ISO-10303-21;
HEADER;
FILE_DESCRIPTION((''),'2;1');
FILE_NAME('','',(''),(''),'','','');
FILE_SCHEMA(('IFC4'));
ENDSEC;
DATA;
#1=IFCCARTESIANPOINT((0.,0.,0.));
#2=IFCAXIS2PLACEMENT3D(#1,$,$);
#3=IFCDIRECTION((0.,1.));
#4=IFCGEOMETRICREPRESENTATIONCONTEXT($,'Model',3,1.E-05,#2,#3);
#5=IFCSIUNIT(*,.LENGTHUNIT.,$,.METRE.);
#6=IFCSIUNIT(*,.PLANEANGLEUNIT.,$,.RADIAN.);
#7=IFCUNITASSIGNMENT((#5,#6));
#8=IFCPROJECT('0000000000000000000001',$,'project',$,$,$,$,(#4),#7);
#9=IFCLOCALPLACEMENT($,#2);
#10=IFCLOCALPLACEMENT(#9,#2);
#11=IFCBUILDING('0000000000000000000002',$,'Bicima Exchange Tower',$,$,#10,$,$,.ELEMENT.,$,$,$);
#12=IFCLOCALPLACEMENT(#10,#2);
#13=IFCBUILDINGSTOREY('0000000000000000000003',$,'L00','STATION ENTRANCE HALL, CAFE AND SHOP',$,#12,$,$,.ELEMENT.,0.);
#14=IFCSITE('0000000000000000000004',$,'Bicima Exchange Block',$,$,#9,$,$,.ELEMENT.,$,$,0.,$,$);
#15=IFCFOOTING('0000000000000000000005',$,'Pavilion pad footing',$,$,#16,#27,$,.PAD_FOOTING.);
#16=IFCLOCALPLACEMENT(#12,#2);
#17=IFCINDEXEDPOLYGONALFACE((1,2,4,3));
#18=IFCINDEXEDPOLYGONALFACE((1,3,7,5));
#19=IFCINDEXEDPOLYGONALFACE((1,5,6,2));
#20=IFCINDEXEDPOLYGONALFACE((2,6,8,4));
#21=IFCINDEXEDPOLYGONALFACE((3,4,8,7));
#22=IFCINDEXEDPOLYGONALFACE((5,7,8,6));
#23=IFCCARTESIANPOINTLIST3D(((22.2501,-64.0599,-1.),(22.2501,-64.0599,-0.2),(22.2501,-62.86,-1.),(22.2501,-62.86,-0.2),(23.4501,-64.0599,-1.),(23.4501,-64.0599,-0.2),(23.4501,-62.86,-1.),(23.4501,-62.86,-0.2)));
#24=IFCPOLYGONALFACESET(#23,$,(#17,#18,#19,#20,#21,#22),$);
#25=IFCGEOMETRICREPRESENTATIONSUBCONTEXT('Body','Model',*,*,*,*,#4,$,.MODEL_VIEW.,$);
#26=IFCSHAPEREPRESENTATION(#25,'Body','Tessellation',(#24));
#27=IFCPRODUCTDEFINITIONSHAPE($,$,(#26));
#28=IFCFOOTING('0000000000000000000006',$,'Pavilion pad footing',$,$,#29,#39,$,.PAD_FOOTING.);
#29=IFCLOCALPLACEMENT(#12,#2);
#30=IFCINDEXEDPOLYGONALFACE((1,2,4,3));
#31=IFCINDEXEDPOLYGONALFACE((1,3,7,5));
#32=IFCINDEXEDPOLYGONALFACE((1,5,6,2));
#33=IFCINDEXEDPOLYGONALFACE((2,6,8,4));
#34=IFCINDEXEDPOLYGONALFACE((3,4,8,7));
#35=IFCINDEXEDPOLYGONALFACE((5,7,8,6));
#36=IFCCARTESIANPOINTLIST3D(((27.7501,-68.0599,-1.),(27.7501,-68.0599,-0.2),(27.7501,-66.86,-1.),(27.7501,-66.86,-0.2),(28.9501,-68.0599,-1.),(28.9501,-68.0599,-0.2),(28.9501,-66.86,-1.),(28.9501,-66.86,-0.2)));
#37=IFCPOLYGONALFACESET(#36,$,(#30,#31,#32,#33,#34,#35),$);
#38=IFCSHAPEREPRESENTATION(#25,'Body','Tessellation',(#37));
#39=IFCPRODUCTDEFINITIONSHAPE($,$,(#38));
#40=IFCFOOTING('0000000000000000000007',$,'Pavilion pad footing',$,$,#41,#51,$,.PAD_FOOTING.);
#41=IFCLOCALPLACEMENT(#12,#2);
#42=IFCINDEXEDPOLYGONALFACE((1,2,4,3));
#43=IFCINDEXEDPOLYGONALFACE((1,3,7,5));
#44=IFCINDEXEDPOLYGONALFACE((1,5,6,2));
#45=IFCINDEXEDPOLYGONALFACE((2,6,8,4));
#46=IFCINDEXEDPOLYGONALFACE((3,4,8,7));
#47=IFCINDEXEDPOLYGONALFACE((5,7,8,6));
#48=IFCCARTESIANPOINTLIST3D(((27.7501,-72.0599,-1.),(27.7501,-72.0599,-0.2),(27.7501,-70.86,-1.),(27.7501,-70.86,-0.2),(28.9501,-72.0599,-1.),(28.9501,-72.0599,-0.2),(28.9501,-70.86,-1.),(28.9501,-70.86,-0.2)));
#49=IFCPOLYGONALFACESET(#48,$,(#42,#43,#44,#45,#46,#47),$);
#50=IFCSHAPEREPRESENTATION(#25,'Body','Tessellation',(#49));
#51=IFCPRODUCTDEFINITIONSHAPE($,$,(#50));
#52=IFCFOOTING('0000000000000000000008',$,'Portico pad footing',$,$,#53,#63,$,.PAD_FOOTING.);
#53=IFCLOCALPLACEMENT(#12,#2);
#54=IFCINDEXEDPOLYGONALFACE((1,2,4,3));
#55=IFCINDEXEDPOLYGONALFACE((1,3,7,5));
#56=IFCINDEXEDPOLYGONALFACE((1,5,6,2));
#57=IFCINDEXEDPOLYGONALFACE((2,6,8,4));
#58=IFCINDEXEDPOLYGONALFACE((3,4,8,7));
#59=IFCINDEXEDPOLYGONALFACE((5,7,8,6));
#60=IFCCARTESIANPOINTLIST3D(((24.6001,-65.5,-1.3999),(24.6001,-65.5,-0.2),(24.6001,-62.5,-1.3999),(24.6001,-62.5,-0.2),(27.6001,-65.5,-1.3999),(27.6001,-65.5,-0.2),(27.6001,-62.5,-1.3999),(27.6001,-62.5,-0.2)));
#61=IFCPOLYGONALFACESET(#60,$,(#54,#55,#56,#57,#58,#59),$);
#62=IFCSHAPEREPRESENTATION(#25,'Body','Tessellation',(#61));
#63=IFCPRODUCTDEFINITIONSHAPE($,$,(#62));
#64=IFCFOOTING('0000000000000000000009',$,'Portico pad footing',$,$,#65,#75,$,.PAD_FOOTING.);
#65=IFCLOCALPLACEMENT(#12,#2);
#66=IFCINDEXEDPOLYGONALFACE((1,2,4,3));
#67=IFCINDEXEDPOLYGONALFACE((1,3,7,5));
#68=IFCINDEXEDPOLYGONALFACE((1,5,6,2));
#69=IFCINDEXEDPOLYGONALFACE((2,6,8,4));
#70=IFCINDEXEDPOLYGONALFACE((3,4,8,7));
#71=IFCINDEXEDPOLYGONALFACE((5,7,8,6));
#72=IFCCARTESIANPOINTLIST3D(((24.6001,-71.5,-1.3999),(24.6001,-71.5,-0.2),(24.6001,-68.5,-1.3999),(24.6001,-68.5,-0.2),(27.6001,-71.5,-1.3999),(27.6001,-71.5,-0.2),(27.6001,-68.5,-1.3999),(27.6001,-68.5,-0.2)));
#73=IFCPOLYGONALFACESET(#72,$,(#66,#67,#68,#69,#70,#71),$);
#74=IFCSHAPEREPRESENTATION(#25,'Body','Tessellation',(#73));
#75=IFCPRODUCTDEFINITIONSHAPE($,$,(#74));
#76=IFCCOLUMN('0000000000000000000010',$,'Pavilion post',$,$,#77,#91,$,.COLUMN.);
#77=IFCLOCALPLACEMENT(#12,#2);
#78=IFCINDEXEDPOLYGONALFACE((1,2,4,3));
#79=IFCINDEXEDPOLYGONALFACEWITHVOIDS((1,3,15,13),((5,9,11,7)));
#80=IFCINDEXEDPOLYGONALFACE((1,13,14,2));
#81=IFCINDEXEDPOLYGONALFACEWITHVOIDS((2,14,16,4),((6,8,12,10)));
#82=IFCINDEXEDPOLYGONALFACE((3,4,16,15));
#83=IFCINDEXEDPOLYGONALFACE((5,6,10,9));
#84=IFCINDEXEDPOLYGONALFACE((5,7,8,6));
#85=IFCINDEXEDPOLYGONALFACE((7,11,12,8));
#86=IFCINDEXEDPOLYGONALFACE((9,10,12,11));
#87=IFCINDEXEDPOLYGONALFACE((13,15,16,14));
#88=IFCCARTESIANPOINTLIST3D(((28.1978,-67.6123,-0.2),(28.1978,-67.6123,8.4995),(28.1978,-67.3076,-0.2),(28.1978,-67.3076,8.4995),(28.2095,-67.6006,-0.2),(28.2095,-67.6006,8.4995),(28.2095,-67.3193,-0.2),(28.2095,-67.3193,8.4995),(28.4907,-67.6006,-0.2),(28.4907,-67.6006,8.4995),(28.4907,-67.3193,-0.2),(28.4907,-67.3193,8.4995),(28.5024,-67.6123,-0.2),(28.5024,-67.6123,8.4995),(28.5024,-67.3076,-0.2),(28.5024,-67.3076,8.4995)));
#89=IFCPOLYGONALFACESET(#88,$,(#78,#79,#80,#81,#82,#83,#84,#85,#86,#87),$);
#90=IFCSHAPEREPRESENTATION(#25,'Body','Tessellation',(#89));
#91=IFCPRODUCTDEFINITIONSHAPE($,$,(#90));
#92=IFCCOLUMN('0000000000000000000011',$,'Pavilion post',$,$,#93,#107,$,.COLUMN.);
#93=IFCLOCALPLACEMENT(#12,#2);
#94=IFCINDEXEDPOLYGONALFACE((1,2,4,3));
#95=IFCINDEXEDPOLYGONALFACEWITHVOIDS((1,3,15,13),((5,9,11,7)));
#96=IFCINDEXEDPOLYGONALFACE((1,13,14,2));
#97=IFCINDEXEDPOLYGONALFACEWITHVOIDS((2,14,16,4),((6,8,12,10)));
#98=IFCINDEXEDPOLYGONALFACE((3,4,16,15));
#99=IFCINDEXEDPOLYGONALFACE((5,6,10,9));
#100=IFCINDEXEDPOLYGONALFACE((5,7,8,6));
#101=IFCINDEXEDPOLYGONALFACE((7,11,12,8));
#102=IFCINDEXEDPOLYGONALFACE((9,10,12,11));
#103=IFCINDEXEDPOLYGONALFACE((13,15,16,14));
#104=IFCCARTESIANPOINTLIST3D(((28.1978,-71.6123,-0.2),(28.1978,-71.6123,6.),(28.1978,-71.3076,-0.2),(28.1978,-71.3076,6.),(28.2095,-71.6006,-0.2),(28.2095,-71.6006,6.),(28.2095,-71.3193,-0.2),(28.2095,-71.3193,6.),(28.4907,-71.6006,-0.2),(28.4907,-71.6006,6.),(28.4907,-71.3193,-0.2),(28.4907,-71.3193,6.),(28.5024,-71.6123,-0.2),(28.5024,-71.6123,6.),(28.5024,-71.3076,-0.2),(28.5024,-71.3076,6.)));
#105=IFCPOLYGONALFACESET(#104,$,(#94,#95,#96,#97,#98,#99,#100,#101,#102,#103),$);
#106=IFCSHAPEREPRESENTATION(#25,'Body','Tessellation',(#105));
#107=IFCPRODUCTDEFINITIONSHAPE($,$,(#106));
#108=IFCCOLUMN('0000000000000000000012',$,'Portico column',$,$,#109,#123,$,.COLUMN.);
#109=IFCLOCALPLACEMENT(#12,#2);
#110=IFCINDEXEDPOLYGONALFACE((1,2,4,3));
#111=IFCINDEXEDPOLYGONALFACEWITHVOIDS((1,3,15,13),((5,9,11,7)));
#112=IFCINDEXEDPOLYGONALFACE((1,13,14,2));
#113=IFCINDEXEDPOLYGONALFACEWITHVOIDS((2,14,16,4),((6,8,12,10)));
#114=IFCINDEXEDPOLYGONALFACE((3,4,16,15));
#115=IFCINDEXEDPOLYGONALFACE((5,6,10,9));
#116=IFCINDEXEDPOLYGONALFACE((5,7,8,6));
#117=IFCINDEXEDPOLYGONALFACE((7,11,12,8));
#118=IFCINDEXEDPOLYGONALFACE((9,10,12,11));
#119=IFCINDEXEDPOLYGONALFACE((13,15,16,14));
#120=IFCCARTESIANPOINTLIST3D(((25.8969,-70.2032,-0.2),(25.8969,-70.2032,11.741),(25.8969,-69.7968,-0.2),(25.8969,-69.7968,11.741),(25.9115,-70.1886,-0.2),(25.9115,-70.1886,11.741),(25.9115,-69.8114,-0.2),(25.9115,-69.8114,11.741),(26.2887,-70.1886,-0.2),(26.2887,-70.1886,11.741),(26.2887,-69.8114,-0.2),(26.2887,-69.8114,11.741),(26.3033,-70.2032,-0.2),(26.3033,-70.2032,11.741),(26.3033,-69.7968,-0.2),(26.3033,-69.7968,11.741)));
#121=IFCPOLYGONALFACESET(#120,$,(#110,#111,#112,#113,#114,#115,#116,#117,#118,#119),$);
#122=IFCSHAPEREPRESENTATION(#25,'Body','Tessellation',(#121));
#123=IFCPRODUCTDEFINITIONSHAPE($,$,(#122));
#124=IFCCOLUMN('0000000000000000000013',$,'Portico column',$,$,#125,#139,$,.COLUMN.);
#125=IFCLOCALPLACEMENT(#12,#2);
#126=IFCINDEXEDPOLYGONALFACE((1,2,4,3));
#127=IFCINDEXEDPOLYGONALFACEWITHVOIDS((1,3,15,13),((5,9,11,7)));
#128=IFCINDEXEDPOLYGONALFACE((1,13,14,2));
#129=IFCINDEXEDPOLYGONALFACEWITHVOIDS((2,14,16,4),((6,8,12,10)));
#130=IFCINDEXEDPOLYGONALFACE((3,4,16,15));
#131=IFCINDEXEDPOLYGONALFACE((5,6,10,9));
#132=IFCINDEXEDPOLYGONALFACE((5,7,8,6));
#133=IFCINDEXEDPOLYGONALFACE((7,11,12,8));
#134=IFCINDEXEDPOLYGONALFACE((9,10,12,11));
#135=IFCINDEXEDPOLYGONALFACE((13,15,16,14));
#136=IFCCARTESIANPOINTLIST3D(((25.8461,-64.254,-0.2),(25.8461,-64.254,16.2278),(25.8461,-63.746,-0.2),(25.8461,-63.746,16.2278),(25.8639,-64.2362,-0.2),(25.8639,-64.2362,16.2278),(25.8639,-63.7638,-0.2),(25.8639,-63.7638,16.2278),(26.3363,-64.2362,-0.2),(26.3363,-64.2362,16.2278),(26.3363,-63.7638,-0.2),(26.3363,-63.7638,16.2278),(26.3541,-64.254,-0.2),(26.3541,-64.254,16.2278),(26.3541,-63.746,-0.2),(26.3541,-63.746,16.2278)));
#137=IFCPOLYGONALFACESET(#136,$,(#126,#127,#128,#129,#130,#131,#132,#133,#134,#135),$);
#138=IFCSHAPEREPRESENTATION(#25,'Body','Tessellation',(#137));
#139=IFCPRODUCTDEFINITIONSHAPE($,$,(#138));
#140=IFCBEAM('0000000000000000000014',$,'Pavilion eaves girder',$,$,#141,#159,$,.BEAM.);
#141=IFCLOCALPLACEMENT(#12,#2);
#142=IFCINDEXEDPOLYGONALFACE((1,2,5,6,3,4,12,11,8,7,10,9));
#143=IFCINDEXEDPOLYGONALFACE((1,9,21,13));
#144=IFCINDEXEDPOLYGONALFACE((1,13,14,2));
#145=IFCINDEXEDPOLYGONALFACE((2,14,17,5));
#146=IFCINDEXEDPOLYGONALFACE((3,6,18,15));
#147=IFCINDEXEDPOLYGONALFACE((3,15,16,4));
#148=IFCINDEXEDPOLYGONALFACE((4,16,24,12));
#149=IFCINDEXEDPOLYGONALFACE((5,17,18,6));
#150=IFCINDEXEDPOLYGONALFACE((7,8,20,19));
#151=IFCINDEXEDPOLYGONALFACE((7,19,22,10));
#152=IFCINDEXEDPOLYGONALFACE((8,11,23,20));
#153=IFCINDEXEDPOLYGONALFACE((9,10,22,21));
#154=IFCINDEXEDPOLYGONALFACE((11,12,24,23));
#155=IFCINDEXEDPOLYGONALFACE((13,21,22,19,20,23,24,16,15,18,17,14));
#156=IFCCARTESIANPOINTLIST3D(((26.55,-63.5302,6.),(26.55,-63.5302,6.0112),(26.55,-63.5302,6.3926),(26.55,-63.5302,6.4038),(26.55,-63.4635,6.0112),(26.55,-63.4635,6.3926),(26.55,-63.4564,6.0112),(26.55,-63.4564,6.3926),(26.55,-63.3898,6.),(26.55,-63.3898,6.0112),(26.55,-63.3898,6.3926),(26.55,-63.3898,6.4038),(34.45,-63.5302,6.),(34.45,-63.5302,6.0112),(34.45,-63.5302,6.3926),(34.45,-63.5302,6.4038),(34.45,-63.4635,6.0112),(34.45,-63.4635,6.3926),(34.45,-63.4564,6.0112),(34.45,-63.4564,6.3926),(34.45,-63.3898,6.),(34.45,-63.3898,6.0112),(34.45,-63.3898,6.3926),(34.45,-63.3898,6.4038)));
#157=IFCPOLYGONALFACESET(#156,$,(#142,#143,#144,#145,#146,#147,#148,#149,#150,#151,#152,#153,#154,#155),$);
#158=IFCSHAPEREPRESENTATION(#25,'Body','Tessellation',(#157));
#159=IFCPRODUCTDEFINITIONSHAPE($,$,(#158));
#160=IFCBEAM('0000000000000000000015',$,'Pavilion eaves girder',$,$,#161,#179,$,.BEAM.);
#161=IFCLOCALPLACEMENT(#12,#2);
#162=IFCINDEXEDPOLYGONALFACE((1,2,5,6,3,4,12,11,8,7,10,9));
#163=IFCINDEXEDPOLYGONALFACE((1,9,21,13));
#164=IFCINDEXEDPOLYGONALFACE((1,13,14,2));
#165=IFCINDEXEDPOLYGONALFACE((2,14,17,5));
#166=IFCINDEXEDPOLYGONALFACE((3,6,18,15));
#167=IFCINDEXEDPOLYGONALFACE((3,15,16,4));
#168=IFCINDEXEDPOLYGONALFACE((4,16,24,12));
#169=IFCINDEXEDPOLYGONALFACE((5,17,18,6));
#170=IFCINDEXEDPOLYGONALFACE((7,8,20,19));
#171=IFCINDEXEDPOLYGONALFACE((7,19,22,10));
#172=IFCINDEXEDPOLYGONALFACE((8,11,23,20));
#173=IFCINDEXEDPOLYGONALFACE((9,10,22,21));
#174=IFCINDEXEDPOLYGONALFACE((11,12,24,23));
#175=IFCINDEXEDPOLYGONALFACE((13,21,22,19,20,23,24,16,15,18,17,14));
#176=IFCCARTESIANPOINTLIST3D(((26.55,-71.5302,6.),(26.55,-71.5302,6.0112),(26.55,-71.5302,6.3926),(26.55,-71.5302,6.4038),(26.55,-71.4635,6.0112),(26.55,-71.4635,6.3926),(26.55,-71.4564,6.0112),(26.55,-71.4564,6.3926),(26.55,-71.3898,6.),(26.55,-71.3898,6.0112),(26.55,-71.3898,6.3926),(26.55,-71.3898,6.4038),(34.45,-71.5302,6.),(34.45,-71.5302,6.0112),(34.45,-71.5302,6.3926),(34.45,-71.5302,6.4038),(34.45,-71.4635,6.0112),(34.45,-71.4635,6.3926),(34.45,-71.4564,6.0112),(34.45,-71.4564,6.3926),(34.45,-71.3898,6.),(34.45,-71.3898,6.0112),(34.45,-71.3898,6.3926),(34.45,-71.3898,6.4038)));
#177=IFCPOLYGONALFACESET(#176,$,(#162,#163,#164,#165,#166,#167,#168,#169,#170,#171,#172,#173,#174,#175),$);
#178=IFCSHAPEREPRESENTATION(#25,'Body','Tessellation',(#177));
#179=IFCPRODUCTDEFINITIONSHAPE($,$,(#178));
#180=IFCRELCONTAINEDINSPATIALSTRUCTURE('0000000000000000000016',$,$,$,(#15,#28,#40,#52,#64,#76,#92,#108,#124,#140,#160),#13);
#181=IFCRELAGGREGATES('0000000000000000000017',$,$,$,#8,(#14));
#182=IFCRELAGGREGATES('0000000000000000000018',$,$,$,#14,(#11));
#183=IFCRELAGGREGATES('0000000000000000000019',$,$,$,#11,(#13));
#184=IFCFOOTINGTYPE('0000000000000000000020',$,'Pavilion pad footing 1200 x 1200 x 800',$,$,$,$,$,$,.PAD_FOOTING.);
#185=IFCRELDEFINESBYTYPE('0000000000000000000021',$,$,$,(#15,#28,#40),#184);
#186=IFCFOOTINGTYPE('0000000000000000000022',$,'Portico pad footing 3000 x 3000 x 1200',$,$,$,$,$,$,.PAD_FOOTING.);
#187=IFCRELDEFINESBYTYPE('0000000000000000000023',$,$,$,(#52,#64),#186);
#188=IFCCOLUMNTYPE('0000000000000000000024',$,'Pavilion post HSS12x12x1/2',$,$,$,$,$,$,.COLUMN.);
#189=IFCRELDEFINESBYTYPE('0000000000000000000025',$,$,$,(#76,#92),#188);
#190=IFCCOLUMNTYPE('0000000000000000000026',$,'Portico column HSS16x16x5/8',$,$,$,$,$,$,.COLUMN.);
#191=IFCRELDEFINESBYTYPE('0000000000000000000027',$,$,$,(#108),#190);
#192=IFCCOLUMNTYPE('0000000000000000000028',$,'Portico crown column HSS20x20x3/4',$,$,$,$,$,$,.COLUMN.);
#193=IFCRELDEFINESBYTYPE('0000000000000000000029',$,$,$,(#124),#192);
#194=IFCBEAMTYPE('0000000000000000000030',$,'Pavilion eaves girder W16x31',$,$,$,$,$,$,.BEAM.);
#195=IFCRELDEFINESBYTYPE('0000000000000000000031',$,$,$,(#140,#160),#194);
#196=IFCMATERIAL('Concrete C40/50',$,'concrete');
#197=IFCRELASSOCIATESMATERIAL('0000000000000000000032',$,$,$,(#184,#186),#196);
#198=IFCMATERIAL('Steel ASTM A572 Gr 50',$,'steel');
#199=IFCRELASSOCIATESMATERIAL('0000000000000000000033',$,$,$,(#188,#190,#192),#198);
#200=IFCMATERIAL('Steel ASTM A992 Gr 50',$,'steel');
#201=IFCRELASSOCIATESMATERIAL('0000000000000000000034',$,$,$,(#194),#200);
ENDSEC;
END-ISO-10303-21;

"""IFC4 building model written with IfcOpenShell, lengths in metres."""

from ifc_helpers import new_model, si_unit, direction, frame, origin, origin_2d, place, context, subcontext, project, spatial, rectangle, hollow_rectangle, i_section, extrude, material, material_profile, profile_set, type_object, element, save


model = new_model("IFC4")

# Units and contexts
model_context = context("Model", 3, precision=1e-05, world=origin(), true_north=direction((0.0, 1.0)))
body_context = subcontext(model_context, "Body", "Model", "MODEL_VIEW")
ifc_project = project(units=[si_unit("LENGTHUNIT", "METRE"), si_unit("PLANEANGLEUNIT", "RADIAN")], contexts=[model_context])

# Site, building, storey
site_placement = place(None, origin())
site = spatial("IfcSite", under=ifc_project, at=site_placement, Name="Bicima Exchange Block", CompositionType="ELEMENT", RefElevation=0.0)
building_placement = place(site_placement, origin())
building = spatial("IfcBuilding", under=site, at=building_placement, Name="Bicima Exchange Tower", CompositionType="ELEMENT")
storey_placement = place(building_placement, origin())
storey = spatial("IfcBuildingStorey", under=building, at=storey_placement, Name="L00", Description="STATION ENTRANCE HALL, CAFE AND SHOP", CompositionType="ELEMENT", Elevation=0.0)

# Footings
ifc_material_1 = material(Name="Concrete C40/50", Category="concrete")
footing_type_1 = type_object("IfcFootingType", Name="Pavilion pad footing 1200 x 1200 x 800", PredefinedType="PAD_FOOTING", material=ifc_material_1)
for number, where, z_axis, x_axis, name in (
    (1, (22.8501, -63.46, -1.0), (0.0, 0.0, 1.0), (1.0, 0.0, 0.0), "Pavilion pad footing"),
    (2, (28.3501, -67.46, -1.0), (0.0, 0.0, 1.0), (1.0, 0.0, 0.0), "Pavilion pad footing"),
    (3, (28.3501, -71.46, -1.0), (0.0, 0.0, 1.0), (1.0, 0.0, 0.0), "Pavilion pad footing"),
):
    element("IfcFooting", number, at=place(storey_placement, frame(where, z_axis=z_axis, x_axis=x_axis)), inside=storey, type_object=footing_type_1, Name=name, PredefinedType="PAD_FOOTING", context=body_context, shape_type="SweptSolid", body=[
        extrude(rectangle(XDim=1.2, YDim=1.2, at=origin_2d()), origin(), (0.0, 0.0, 1.0), 0.8),
    ])
footing_type_2 = type_object("IfcFootingType", Name="Portico pad footing 3000 x 3000 x 1200", PredefinedType="PAD_FOOTING", material=ifc_material_1)
for number, where, z_axis, x_axis, name in (
    (4, (26.1001, -64.0, -1.3999), (0.0, 0.0, 1.0), (1.0, 0.0, 0.0), "Portico pad footing"),
    (5, (26.1001, -70.0, -1.3999), (0.0, 0.0, 1.0), (1.0, 0.0, 0.0), "Portico pad footing"),
):
    element("IfcFooting", number, at=place(storey_placement, frame(where, z_axis=z_axis, x_axis=x_axis)), inside=storey, type_object=footing_type_2, Name=name, PredefinedType="PAD_FOOTING", context=body_context, shape_type="SweptSolid", body=[
        extrude(rectangle(XDim=3.0, YDim=3.0, at=origin_2d()), origin(), (0.0, 0.0, 1.0), 1.2),
    ])

# Columns
ifc_material_2 = material(Name="Steel ASTM A572 Gr 50", Category="steel")
ifc_material_profile_1 = material_profile(ifc_material_2, hollow_rectangle(XDim=0.3047, YDim=0.3047, WallThickness=0.0117, at=origin_2d()))
ifc_profile_set_1 = profile_set([ifc_material_profile_1], Name="Steel ASTM A572 Gr 50")
column_type_1 = type_object("IfcColumnType", Name="Pavilion post HSS12x12x1/2", PredefinedType="COLUMN", material=ifc_profile_set_1)
column_1_placement = place(storey_placement, frame((28.3501, -67.46, -0.2), z_axis=(0.0, 0.0, 1.0), x_axis=(1.0, 0.0, 0.0)))
element("IfcColumn", 6, at=column_1_placement, inside=storey, type_object=column_type_1, Name="Pavilion post", PredefinedType="COLUMN", context=body_context, shape_type="SweptSolid", body=[
    extrude(hollow_rectangle(XDim=0.3047, YDim=0.3047, WallThickness=0.0117, at=origin_2d()), origin(), (0.0, 0.0, 1.0), 8.6995),
])
column_2_placement = place(storey_placement, frame((28.3501, -71.46, -0.2), z_axis=(0.0, 0.0, 1.0), x_axis=(1.0, 0.0, 0.0)))
element("IfcColumn", 7, at=column_2_placement, inside=storey, type_object=column_type_1, Name="Pavilion post", PredefinedType="COLUMN", context=body_context, shape_type="SweptSolid", body=[
    extrude(hollow_rectangle(XDim=0.3047, YDim=0.3047, WallThickness=0.0117, at=origin_2d()), origin(), (0.0, 0.0, 1.0), 6.2),
])
ifc_material_profile_2 = material_profile(ifc_material_2, hollow_rectangle(XDim=0.4065, YDim=0.4065, WallThickness=0.0146, at=origin_2d()))
ifc_profile_set_2 = profile_set([ifc_material_profile_2], Name="Steel ASTM A572 Gr 50")
column_type_2 = type_object("IfcColumnType", Name="Portico column HSS16x16x5/8", PredefinedType="COLUMN", material=ifc_profile_set_2)
column_3_placement = place(storey_placement, frame((26.1001, -70.0, -0.2), z_axis=(0.0, 0.0, 1.0), x_axis=(1.0, 0.0, 0.0)))
element("IfcColumn", 8, at=column_3_placement, inside=storey, type_object=column_type_2, Name="Portico column", PredefinedType="COLUMN", context=body_context, shape_type="SweptSolid", body=[
    extrude(hollow_rectangle(XDim=0.4065, YDim=0.4065, WallThickness=0.0146, at=origin_2d()), origin(), (0.0, 0.0, 1.0), 11.9409),
])
ifc_material_profile_3 = material_profile(ifc_material_2, hollow_rectangle(XDim=0.5081, YDim=0.5081, WallThickness=0.0178, at=origin_2d()))
ifc_profile_set_3 = profile_set([ifc_material_profile_3], Name="Steel ASTM A572 Gr 50")
column_type_3 = type_object("IfcColumnType", Name="Portico crown column HSS20x20x3/4", PredefinedType="COLUMN", material=ifc_profile_set_3)
column_4_placement = place(storey_placement, frame((26.1001, -64.0, -0.2), z_axis=(0.0, 0.0, 1.0), x_axis=(1.0, 0.0, 0.0)))
element("IfcColumn", 9, at=column_4_placement, inside=storey, type_object=column_type_3, Name="Portico column", PredefinedType="COLUMN", context=body_context, shape_type="SweptSolid", body=[
    extrude(hollow_rectangle(XDim=0.5081, YDim=0.5081, WallThickness=0.0178, at=origin_2d()), origin(), (0.0, 0.0, 1.0), 16.4277),
])

# Beams
ifc_material_3 = material(Name="Steel ASTM A992 Gr 50", Category="steel")
ifc_material_profile_4 = material_profile(ifc_material_3, i_section(OverallWidth=0.1404, OverallDepth=0.4038, WebThickness=0.0071, FlangeThickness=0.0112, at=origin_2d()))
ifc_profile_set_4 = profile_set([ifc_material_profile_4], Name="Steel ASTM A992 Gr 50")
beam_type_1 = type_object("IfcBeamType", Name="Pavilion eaves girder W16x31", PredefinedType="BEAM", material=ifc_profile_set_4)
for number, where, z_axis, x_axis, name in (
    (10, (26.55, -63.46, 6.2019), (1.0, 0.0, 0.0), (0.0, 1.0, 0.0), "Pavilion eaves girder"),
    (11, (26.55, -71.46, 6.2019), (1.0, 0.0, 0.0), (0.0, 1.0, 0.0), "Pavilion eaves girder"),
):
    element("IfcBeam", number, at=place(storey_placement, frame(where, z_axis=z_axis, x_axis=x_axis)), inside=storey, type_object=beam_type_1, Name=name, PredefinedType="BEAM", context=body_context, shape_type="SweptSolid", body=[
        extrude(i_section(OverallWidth=0.1404, OverallDepth=0.4038, WebThickness=0.0071, FlangeThickness=0.0112, at=origin_2d()), origin(), (0.0, 0.0, 1.0), 7.8999),
    ])

save(model, "model.ifc")
